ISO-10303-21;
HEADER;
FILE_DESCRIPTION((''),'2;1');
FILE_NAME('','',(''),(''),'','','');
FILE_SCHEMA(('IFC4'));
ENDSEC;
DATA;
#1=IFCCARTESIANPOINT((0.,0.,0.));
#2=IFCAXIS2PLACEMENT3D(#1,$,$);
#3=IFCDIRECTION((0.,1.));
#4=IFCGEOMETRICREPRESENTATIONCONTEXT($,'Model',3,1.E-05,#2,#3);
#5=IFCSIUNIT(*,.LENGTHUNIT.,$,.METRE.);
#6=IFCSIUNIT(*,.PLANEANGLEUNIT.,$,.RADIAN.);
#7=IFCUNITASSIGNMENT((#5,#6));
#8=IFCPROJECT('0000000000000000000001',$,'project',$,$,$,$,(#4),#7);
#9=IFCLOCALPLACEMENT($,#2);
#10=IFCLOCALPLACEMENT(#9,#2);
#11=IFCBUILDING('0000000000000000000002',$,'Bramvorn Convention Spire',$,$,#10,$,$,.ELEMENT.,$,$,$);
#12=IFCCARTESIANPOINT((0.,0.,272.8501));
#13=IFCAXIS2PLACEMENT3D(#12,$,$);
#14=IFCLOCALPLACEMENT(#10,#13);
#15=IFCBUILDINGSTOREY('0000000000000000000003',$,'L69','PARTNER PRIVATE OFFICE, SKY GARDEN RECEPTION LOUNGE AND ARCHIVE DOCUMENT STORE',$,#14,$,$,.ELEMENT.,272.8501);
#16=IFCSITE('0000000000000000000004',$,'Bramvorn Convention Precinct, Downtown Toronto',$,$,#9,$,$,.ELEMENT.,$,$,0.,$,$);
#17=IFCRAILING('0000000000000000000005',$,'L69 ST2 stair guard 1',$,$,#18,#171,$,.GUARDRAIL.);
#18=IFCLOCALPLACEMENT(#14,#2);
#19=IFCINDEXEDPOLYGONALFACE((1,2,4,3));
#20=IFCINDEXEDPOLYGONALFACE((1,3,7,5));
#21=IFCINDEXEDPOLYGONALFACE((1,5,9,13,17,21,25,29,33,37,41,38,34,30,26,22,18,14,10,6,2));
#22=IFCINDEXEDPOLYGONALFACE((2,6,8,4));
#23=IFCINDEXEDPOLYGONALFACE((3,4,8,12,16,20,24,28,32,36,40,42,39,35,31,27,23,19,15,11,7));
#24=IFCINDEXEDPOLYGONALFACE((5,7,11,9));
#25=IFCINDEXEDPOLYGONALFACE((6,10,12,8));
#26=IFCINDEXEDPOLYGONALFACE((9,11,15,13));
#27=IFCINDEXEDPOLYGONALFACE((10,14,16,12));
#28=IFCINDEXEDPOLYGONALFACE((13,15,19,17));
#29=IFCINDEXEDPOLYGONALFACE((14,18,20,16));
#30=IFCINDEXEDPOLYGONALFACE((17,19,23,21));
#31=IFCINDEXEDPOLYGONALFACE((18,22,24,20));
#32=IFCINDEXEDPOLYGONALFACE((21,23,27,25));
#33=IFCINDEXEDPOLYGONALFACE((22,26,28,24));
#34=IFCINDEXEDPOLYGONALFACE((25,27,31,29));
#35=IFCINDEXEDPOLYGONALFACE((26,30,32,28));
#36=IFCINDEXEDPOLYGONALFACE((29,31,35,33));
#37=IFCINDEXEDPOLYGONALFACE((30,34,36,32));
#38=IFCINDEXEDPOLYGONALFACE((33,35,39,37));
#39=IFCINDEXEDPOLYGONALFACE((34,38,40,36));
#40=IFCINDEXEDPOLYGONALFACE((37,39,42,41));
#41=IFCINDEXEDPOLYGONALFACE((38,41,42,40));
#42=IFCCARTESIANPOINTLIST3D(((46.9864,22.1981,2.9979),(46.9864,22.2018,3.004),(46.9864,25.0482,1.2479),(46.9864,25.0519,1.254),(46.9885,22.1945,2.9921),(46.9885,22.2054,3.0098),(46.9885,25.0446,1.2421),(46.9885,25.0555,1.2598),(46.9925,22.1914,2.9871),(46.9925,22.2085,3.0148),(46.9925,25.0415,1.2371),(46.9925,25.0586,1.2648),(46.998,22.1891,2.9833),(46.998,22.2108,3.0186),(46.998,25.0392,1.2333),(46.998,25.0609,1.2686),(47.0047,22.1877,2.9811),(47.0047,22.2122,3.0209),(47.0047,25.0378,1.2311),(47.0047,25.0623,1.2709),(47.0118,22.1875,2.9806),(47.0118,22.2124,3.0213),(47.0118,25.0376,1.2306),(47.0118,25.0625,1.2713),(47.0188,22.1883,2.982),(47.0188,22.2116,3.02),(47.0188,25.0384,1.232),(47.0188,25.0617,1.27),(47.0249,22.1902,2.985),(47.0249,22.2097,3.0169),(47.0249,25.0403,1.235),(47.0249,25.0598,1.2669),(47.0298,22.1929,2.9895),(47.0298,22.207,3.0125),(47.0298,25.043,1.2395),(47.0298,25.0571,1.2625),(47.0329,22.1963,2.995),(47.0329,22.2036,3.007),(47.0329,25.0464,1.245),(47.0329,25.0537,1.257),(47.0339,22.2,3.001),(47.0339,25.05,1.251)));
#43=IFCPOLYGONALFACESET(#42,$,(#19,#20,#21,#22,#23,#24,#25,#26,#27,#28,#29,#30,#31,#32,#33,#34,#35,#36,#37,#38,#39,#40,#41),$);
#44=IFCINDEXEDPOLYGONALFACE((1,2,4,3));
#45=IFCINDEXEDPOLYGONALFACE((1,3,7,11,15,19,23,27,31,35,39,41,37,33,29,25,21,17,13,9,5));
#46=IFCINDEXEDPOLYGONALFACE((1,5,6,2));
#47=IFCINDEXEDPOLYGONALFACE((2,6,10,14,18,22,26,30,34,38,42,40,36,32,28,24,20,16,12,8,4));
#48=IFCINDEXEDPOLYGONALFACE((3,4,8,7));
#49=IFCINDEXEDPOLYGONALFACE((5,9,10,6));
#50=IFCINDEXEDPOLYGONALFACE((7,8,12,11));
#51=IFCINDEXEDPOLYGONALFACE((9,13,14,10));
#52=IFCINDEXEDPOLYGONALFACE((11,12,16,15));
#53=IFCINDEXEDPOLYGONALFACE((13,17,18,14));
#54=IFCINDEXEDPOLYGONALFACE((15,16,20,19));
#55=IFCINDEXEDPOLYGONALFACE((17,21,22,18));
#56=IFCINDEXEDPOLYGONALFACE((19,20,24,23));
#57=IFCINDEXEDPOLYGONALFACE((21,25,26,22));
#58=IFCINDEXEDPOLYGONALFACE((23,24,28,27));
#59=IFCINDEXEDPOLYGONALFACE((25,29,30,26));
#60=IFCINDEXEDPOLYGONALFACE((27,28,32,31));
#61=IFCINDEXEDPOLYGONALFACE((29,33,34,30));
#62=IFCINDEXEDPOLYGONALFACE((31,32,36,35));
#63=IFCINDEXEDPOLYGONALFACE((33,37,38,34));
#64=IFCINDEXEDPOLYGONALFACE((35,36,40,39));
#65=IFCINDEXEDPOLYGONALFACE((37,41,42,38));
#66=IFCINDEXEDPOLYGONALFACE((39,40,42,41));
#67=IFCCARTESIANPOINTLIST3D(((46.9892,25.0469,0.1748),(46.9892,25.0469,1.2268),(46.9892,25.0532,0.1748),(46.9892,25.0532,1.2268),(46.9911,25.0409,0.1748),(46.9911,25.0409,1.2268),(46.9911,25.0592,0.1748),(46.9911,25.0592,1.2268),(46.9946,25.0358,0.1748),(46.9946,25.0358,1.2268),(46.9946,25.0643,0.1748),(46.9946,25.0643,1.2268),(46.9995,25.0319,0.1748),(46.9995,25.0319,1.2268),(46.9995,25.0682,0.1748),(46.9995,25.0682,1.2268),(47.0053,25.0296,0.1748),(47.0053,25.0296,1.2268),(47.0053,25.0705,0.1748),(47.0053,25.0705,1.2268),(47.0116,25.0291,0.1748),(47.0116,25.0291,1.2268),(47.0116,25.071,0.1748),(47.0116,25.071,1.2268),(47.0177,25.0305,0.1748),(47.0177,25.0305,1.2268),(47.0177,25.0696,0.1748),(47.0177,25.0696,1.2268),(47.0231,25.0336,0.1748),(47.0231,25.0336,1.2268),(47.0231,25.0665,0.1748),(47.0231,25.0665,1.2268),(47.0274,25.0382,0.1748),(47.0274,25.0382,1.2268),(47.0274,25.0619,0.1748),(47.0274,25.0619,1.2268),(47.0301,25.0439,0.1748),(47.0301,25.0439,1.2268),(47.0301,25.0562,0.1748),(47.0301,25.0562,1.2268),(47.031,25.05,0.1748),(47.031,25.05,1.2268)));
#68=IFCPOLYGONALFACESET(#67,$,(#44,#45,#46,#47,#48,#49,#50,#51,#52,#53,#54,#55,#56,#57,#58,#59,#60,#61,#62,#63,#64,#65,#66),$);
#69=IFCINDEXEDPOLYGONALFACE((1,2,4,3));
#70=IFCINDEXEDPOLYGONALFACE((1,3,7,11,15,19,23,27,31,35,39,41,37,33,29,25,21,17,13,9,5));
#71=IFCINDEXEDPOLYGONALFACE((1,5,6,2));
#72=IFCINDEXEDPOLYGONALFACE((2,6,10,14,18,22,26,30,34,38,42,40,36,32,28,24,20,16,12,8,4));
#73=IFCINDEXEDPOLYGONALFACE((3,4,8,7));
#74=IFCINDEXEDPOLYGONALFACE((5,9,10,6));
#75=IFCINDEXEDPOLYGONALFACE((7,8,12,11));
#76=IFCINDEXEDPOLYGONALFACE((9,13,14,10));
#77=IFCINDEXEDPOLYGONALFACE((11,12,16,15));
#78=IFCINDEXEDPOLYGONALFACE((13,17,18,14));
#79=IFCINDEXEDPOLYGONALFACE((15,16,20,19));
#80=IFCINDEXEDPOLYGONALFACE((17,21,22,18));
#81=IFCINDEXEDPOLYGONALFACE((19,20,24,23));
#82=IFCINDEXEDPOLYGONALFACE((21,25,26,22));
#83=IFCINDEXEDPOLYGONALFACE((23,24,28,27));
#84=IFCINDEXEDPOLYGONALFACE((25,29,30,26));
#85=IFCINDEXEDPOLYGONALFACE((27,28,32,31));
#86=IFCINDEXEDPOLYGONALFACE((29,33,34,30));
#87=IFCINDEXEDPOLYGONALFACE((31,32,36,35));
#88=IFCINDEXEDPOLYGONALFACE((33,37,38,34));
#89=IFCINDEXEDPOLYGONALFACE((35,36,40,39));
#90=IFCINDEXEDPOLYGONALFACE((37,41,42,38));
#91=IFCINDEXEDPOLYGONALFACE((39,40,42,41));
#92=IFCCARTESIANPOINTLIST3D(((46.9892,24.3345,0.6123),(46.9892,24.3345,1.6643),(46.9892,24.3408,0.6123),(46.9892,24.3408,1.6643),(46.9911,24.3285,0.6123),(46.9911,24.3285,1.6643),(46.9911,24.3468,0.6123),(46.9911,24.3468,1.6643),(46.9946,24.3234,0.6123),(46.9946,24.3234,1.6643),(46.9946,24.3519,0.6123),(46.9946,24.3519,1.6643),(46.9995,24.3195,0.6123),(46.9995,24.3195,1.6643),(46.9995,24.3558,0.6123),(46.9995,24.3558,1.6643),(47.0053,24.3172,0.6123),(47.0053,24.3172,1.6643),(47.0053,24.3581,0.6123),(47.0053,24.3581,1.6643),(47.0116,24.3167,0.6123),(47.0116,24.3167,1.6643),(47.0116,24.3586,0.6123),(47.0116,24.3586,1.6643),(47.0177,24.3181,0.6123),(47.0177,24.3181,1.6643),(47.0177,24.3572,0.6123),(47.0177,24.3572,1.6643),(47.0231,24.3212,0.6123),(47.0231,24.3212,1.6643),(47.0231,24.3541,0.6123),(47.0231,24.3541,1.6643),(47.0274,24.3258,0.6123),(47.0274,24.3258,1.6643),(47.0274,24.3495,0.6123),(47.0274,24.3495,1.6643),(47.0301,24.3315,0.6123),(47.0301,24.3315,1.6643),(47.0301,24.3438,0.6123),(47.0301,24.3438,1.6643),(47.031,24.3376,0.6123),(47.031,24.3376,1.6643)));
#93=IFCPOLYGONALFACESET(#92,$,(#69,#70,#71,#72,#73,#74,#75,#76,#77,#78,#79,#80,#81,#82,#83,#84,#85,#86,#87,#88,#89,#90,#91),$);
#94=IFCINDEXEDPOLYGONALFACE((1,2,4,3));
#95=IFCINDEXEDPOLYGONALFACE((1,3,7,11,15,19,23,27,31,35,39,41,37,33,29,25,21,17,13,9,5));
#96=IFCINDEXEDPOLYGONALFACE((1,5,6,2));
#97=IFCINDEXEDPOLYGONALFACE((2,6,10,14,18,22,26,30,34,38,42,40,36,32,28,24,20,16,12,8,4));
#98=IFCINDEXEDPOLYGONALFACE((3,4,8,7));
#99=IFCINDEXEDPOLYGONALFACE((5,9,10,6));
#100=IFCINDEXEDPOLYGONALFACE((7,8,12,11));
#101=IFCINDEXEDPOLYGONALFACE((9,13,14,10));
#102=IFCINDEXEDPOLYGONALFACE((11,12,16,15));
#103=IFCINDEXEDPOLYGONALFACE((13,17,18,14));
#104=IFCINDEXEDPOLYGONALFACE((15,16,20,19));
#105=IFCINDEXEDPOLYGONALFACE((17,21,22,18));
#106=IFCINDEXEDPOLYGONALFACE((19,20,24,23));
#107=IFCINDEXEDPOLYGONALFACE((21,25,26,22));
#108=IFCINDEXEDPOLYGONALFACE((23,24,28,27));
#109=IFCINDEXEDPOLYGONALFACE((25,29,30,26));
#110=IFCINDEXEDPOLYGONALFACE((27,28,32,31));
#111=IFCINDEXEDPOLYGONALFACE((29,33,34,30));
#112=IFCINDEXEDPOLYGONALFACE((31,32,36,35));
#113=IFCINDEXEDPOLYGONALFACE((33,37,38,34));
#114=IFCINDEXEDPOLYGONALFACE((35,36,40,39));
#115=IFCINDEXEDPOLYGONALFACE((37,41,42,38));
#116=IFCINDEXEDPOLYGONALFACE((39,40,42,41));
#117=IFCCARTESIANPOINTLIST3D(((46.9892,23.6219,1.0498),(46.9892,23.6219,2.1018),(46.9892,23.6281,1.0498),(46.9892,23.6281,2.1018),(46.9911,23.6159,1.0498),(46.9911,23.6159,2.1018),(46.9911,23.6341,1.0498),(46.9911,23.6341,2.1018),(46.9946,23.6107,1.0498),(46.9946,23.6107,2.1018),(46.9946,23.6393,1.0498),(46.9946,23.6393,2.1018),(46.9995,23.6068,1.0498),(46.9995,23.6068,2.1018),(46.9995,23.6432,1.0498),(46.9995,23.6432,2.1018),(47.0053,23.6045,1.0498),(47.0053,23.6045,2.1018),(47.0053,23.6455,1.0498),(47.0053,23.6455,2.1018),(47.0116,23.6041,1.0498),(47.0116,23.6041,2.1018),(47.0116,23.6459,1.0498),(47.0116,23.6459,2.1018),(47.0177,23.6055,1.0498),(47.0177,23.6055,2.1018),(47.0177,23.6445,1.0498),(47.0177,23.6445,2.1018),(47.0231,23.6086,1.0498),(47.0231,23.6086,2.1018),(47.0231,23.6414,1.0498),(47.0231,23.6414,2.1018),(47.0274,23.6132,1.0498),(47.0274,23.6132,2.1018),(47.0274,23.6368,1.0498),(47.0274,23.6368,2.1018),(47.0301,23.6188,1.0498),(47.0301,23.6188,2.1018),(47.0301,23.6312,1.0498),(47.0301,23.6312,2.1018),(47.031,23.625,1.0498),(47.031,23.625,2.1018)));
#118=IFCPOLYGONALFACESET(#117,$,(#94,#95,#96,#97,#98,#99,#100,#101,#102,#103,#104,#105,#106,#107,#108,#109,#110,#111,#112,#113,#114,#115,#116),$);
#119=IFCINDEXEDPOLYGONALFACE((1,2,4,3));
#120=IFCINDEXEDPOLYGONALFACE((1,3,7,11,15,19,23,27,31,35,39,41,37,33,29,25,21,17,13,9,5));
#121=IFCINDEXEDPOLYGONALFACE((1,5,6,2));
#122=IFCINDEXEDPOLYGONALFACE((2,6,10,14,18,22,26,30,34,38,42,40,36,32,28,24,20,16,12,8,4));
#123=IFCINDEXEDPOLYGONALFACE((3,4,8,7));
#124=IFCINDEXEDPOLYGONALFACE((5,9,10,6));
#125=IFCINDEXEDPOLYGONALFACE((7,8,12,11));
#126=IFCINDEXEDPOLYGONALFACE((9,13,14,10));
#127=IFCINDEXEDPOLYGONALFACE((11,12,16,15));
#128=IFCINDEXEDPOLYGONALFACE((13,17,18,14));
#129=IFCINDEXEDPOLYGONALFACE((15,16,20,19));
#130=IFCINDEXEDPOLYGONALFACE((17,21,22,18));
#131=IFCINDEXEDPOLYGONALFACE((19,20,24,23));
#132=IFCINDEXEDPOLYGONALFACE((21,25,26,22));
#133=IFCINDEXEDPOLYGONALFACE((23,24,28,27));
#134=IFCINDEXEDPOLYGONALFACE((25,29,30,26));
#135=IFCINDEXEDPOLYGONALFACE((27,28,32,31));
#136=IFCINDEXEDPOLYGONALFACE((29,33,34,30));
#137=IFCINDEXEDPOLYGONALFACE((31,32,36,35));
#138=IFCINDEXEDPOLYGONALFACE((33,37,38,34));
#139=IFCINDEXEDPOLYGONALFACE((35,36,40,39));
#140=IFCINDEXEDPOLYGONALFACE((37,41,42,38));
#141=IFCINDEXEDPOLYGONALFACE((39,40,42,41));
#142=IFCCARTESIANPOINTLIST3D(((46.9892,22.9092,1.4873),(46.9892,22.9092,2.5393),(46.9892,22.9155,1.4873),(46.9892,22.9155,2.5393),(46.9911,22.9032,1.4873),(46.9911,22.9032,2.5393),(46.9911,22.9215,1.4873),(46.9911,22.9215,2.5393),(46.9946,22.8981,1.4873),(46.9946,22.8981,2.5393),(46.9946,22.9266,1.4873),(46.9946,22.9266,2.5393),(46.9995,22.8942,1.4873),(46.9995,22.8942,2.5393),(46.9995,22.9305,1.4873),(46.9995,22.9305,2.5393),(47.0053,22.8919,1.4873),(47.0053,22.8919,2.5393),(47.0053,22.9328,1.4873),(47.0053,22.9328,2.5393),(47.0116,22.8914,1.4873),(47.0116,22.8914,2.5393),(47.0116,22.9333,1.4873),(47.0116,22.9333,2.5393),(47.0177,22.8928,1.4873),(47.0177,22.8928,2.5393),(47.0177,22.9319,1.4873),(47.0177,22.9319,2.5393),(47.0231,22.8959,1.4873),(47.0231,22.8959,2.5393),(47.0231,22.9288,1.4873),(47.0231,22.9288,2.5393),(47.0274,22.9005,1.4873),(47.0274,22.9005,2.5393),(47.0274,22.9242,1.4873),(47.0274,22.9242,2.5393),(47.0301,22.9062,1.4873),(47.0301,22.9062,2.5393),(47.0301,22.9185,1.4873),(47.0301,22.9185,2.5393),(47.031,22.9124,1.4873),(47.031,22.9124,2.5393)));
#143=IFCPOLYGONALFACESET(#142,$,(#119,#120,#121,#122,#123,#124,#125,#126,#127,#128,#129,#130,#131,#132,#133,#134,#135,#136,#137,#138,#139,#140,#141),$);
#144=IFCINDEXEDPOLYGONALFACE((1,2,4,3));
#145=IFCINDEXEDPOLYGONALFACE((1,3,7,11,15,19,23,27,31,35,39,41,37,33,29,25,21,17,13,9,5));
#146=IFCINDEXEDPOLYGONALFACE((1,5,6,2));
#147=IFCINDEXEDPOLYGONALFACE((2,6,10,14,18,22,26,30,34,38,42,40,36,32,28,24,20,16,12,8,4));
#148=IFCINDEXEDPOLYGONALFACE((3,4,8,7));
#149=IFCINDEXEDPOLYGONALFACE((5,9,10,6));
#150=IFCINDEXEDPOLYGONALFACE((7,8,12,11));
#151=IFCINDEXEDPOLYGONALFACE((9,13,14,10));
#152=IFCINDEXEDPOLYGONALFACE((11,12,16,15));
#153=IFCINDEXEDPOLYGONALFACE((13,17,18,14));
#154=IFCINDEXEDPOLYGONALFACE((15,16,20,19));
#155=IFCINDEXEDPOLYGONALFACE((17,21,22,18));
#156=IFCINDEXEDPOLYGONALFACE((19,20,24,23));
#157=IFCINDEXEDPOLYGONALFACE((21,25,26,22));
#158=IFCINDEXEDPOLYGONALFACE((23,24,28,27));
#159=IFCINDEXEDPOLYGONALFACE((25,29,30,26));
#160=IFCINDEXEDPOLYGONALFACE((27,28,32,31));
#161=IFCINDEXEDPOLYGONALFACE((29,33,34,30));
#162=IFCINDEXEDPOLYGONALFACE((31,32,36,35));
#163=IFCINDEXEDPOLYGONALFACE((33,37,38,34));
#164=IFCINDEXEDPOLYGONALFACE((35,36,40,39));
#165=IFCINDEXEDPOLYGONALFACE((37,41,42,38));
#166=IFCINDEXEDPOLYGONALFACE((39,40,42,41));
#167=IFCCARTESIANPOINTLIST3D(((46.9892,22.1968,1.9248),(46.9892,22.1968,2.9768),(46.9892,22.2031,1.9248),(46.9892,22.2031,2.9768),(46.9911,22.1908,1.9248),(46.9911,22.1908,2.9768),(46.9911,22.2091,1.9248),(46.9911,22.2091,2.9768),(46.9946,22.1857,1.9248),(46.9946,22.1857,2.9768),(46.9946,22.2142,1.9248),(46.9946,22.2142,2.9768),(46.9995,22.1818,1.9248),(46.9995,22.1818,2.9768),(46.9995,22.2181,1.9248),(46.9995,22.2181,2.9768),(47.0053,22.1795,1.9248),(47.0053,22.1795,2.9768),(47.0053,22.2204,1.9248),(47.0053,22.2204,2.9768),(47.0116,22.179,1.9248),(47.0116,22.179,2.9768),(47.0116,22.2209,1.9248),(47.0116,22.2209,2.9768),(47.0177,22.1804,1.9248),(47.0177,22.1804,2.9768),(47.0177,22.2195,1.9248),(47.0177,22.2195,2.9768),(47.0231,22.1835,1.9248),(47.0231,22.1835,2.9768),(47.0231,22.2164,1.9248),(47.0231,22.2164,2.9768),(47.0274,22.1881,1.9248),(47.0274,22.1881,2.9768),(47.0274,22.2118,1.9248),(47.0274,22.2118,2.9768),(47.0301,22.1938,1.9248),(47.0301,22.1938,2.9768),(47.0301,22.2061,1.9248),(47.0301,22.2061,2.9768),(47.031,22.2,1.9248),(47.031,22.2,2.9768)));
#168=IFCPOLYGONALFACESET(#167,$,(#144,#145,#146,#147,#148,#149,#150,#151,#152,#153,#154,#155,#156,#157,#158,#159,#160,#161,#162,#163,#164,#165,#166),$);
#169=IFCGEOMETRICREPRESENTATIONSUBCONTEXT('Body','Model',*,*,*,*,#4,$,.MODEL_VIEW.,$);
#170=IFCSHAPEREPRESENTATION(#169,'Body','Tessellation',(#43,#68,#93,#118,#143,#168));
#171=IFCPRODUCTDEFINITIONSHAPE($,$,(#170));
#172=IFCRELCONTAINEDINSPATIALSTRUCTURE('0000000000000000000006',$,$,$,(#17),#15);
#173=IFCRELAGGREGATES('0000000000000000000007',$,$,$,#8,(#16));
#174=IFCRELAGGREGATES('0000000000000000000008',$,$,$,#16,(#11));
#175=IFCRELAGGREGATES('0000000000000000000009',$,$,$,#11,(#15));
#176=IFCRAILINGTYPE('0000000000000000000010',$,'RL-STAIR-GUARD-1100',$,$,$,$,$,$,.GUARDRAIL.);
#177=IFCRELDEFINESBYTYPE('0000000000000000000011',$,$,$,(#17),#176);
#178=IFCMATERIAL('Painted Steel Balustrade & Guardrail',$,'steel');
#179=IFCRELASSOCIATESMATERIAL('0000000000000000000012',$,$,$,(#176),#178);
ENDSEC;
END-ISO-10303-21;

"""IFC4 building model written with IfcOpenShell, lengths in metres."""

from ifc_helpers import new_model, si_unit, direction, frame, origin, origin_2d, place, context, subcontext, project, spatial, circle, extrude, material, type_object, element, save


model = new_model("IFC4")

# Units and contexts
model_context = context("Model", 3, precision=1e-05, world=origin(), true_north=direction((0.0, 1.0)))
body_context = subcontext(model_context, "Body", "Model", "MODEL_VIEW")
ifc_project = project(units=[si_unit("LENGTHUNIT", "METRE"), si_unit("PLANEANGLEUNIT", "RADIAN")], contexts=[model_context])

# Site, building, storey
site_placement = place(None, origin())
site = spatial("IfcSite", under=ifc_project, at=site_placement, Name="Bramvorn Convention Precinct, Downtown Toronto", CompositionType="ELEMENT", RefElevation=0.0)
building_placement = place(site_placement, origin())
building = spatial("IfcBuilding", under=site, at=building_placement, Name="Bramvorn Convention Spire", CompositionType="ELEMENT")
storey_placement = place(building_placement, frame((0.0, 0.0, 272.8501)))
storey = spatial("IfcBuildingStorey", under=building, at=storey_placement, Name="L69", Description="PARTNER PRIVATE OFFICE, SKY GARDEN RECEPTION LOUNGE AND ARCHIVE DOCUMENT STORE", CompositionType="ELEMENT", Elevation=272.8501)

# Railing
ifc_material_1 = material(Name="Painted Steel Balustrade & Guardrail", Category="steel")
railing_type_1 = type_object("IfcRailingType", Name="RL-STAIR-GUARD-1100", PredefinedType="GUARDRAIL", material=ifc_material_1)
railing_1_placement = place(storey_placement, frame((47.01, 25.05, 0.1748)))
element("IfcRailing", 1, at=railing_1_placement, inside=storey, type_object=railing_type_1, Name="L69 ST2 stair guard 1", PredefinedType="GUARDRAIL", context=body_context, shape_type="SweptSolid", body=[
    extrude(circle(Radius=0.0239, at=origin_2d()), frame((0.0, 0.0, 1.0762), z_axis=(0.0, -0.852179, 0.52325), x_axis=(1.0, 0.0, 0.0)), (0.0, 0.0, 1.0), 3.3445),
    extrude(circle(Radius=0.021, at=origin_2d()), origin(), (0.0, 0.0, 1.0), 1.052),
    extrude(circle(Radius=0.021, at=origin_2d()), frame((0.0, -0.7124, 0.4375)), (0.0, 0.0, 1.0), 1.052),
    extrude(circle(Radius=0.021, at=origin_2d()), frame((0.0, -1.425, 0.875)), (0.0, 0.0, 1.0), 1.052),
    extrude(circle(Radius=0.021, at=origin_2d()), frame((0.0, -2.1377, 1.3125)), (0.0, 0.0, 1.0), 1.052),
    extrude(circle(Radius=0.021, at=origin_2d()), frame((0.0, -2.8501, 1.75)), (0.0, 0.0, 1.0), 1.052),
])

save(model, "model.ifc")
